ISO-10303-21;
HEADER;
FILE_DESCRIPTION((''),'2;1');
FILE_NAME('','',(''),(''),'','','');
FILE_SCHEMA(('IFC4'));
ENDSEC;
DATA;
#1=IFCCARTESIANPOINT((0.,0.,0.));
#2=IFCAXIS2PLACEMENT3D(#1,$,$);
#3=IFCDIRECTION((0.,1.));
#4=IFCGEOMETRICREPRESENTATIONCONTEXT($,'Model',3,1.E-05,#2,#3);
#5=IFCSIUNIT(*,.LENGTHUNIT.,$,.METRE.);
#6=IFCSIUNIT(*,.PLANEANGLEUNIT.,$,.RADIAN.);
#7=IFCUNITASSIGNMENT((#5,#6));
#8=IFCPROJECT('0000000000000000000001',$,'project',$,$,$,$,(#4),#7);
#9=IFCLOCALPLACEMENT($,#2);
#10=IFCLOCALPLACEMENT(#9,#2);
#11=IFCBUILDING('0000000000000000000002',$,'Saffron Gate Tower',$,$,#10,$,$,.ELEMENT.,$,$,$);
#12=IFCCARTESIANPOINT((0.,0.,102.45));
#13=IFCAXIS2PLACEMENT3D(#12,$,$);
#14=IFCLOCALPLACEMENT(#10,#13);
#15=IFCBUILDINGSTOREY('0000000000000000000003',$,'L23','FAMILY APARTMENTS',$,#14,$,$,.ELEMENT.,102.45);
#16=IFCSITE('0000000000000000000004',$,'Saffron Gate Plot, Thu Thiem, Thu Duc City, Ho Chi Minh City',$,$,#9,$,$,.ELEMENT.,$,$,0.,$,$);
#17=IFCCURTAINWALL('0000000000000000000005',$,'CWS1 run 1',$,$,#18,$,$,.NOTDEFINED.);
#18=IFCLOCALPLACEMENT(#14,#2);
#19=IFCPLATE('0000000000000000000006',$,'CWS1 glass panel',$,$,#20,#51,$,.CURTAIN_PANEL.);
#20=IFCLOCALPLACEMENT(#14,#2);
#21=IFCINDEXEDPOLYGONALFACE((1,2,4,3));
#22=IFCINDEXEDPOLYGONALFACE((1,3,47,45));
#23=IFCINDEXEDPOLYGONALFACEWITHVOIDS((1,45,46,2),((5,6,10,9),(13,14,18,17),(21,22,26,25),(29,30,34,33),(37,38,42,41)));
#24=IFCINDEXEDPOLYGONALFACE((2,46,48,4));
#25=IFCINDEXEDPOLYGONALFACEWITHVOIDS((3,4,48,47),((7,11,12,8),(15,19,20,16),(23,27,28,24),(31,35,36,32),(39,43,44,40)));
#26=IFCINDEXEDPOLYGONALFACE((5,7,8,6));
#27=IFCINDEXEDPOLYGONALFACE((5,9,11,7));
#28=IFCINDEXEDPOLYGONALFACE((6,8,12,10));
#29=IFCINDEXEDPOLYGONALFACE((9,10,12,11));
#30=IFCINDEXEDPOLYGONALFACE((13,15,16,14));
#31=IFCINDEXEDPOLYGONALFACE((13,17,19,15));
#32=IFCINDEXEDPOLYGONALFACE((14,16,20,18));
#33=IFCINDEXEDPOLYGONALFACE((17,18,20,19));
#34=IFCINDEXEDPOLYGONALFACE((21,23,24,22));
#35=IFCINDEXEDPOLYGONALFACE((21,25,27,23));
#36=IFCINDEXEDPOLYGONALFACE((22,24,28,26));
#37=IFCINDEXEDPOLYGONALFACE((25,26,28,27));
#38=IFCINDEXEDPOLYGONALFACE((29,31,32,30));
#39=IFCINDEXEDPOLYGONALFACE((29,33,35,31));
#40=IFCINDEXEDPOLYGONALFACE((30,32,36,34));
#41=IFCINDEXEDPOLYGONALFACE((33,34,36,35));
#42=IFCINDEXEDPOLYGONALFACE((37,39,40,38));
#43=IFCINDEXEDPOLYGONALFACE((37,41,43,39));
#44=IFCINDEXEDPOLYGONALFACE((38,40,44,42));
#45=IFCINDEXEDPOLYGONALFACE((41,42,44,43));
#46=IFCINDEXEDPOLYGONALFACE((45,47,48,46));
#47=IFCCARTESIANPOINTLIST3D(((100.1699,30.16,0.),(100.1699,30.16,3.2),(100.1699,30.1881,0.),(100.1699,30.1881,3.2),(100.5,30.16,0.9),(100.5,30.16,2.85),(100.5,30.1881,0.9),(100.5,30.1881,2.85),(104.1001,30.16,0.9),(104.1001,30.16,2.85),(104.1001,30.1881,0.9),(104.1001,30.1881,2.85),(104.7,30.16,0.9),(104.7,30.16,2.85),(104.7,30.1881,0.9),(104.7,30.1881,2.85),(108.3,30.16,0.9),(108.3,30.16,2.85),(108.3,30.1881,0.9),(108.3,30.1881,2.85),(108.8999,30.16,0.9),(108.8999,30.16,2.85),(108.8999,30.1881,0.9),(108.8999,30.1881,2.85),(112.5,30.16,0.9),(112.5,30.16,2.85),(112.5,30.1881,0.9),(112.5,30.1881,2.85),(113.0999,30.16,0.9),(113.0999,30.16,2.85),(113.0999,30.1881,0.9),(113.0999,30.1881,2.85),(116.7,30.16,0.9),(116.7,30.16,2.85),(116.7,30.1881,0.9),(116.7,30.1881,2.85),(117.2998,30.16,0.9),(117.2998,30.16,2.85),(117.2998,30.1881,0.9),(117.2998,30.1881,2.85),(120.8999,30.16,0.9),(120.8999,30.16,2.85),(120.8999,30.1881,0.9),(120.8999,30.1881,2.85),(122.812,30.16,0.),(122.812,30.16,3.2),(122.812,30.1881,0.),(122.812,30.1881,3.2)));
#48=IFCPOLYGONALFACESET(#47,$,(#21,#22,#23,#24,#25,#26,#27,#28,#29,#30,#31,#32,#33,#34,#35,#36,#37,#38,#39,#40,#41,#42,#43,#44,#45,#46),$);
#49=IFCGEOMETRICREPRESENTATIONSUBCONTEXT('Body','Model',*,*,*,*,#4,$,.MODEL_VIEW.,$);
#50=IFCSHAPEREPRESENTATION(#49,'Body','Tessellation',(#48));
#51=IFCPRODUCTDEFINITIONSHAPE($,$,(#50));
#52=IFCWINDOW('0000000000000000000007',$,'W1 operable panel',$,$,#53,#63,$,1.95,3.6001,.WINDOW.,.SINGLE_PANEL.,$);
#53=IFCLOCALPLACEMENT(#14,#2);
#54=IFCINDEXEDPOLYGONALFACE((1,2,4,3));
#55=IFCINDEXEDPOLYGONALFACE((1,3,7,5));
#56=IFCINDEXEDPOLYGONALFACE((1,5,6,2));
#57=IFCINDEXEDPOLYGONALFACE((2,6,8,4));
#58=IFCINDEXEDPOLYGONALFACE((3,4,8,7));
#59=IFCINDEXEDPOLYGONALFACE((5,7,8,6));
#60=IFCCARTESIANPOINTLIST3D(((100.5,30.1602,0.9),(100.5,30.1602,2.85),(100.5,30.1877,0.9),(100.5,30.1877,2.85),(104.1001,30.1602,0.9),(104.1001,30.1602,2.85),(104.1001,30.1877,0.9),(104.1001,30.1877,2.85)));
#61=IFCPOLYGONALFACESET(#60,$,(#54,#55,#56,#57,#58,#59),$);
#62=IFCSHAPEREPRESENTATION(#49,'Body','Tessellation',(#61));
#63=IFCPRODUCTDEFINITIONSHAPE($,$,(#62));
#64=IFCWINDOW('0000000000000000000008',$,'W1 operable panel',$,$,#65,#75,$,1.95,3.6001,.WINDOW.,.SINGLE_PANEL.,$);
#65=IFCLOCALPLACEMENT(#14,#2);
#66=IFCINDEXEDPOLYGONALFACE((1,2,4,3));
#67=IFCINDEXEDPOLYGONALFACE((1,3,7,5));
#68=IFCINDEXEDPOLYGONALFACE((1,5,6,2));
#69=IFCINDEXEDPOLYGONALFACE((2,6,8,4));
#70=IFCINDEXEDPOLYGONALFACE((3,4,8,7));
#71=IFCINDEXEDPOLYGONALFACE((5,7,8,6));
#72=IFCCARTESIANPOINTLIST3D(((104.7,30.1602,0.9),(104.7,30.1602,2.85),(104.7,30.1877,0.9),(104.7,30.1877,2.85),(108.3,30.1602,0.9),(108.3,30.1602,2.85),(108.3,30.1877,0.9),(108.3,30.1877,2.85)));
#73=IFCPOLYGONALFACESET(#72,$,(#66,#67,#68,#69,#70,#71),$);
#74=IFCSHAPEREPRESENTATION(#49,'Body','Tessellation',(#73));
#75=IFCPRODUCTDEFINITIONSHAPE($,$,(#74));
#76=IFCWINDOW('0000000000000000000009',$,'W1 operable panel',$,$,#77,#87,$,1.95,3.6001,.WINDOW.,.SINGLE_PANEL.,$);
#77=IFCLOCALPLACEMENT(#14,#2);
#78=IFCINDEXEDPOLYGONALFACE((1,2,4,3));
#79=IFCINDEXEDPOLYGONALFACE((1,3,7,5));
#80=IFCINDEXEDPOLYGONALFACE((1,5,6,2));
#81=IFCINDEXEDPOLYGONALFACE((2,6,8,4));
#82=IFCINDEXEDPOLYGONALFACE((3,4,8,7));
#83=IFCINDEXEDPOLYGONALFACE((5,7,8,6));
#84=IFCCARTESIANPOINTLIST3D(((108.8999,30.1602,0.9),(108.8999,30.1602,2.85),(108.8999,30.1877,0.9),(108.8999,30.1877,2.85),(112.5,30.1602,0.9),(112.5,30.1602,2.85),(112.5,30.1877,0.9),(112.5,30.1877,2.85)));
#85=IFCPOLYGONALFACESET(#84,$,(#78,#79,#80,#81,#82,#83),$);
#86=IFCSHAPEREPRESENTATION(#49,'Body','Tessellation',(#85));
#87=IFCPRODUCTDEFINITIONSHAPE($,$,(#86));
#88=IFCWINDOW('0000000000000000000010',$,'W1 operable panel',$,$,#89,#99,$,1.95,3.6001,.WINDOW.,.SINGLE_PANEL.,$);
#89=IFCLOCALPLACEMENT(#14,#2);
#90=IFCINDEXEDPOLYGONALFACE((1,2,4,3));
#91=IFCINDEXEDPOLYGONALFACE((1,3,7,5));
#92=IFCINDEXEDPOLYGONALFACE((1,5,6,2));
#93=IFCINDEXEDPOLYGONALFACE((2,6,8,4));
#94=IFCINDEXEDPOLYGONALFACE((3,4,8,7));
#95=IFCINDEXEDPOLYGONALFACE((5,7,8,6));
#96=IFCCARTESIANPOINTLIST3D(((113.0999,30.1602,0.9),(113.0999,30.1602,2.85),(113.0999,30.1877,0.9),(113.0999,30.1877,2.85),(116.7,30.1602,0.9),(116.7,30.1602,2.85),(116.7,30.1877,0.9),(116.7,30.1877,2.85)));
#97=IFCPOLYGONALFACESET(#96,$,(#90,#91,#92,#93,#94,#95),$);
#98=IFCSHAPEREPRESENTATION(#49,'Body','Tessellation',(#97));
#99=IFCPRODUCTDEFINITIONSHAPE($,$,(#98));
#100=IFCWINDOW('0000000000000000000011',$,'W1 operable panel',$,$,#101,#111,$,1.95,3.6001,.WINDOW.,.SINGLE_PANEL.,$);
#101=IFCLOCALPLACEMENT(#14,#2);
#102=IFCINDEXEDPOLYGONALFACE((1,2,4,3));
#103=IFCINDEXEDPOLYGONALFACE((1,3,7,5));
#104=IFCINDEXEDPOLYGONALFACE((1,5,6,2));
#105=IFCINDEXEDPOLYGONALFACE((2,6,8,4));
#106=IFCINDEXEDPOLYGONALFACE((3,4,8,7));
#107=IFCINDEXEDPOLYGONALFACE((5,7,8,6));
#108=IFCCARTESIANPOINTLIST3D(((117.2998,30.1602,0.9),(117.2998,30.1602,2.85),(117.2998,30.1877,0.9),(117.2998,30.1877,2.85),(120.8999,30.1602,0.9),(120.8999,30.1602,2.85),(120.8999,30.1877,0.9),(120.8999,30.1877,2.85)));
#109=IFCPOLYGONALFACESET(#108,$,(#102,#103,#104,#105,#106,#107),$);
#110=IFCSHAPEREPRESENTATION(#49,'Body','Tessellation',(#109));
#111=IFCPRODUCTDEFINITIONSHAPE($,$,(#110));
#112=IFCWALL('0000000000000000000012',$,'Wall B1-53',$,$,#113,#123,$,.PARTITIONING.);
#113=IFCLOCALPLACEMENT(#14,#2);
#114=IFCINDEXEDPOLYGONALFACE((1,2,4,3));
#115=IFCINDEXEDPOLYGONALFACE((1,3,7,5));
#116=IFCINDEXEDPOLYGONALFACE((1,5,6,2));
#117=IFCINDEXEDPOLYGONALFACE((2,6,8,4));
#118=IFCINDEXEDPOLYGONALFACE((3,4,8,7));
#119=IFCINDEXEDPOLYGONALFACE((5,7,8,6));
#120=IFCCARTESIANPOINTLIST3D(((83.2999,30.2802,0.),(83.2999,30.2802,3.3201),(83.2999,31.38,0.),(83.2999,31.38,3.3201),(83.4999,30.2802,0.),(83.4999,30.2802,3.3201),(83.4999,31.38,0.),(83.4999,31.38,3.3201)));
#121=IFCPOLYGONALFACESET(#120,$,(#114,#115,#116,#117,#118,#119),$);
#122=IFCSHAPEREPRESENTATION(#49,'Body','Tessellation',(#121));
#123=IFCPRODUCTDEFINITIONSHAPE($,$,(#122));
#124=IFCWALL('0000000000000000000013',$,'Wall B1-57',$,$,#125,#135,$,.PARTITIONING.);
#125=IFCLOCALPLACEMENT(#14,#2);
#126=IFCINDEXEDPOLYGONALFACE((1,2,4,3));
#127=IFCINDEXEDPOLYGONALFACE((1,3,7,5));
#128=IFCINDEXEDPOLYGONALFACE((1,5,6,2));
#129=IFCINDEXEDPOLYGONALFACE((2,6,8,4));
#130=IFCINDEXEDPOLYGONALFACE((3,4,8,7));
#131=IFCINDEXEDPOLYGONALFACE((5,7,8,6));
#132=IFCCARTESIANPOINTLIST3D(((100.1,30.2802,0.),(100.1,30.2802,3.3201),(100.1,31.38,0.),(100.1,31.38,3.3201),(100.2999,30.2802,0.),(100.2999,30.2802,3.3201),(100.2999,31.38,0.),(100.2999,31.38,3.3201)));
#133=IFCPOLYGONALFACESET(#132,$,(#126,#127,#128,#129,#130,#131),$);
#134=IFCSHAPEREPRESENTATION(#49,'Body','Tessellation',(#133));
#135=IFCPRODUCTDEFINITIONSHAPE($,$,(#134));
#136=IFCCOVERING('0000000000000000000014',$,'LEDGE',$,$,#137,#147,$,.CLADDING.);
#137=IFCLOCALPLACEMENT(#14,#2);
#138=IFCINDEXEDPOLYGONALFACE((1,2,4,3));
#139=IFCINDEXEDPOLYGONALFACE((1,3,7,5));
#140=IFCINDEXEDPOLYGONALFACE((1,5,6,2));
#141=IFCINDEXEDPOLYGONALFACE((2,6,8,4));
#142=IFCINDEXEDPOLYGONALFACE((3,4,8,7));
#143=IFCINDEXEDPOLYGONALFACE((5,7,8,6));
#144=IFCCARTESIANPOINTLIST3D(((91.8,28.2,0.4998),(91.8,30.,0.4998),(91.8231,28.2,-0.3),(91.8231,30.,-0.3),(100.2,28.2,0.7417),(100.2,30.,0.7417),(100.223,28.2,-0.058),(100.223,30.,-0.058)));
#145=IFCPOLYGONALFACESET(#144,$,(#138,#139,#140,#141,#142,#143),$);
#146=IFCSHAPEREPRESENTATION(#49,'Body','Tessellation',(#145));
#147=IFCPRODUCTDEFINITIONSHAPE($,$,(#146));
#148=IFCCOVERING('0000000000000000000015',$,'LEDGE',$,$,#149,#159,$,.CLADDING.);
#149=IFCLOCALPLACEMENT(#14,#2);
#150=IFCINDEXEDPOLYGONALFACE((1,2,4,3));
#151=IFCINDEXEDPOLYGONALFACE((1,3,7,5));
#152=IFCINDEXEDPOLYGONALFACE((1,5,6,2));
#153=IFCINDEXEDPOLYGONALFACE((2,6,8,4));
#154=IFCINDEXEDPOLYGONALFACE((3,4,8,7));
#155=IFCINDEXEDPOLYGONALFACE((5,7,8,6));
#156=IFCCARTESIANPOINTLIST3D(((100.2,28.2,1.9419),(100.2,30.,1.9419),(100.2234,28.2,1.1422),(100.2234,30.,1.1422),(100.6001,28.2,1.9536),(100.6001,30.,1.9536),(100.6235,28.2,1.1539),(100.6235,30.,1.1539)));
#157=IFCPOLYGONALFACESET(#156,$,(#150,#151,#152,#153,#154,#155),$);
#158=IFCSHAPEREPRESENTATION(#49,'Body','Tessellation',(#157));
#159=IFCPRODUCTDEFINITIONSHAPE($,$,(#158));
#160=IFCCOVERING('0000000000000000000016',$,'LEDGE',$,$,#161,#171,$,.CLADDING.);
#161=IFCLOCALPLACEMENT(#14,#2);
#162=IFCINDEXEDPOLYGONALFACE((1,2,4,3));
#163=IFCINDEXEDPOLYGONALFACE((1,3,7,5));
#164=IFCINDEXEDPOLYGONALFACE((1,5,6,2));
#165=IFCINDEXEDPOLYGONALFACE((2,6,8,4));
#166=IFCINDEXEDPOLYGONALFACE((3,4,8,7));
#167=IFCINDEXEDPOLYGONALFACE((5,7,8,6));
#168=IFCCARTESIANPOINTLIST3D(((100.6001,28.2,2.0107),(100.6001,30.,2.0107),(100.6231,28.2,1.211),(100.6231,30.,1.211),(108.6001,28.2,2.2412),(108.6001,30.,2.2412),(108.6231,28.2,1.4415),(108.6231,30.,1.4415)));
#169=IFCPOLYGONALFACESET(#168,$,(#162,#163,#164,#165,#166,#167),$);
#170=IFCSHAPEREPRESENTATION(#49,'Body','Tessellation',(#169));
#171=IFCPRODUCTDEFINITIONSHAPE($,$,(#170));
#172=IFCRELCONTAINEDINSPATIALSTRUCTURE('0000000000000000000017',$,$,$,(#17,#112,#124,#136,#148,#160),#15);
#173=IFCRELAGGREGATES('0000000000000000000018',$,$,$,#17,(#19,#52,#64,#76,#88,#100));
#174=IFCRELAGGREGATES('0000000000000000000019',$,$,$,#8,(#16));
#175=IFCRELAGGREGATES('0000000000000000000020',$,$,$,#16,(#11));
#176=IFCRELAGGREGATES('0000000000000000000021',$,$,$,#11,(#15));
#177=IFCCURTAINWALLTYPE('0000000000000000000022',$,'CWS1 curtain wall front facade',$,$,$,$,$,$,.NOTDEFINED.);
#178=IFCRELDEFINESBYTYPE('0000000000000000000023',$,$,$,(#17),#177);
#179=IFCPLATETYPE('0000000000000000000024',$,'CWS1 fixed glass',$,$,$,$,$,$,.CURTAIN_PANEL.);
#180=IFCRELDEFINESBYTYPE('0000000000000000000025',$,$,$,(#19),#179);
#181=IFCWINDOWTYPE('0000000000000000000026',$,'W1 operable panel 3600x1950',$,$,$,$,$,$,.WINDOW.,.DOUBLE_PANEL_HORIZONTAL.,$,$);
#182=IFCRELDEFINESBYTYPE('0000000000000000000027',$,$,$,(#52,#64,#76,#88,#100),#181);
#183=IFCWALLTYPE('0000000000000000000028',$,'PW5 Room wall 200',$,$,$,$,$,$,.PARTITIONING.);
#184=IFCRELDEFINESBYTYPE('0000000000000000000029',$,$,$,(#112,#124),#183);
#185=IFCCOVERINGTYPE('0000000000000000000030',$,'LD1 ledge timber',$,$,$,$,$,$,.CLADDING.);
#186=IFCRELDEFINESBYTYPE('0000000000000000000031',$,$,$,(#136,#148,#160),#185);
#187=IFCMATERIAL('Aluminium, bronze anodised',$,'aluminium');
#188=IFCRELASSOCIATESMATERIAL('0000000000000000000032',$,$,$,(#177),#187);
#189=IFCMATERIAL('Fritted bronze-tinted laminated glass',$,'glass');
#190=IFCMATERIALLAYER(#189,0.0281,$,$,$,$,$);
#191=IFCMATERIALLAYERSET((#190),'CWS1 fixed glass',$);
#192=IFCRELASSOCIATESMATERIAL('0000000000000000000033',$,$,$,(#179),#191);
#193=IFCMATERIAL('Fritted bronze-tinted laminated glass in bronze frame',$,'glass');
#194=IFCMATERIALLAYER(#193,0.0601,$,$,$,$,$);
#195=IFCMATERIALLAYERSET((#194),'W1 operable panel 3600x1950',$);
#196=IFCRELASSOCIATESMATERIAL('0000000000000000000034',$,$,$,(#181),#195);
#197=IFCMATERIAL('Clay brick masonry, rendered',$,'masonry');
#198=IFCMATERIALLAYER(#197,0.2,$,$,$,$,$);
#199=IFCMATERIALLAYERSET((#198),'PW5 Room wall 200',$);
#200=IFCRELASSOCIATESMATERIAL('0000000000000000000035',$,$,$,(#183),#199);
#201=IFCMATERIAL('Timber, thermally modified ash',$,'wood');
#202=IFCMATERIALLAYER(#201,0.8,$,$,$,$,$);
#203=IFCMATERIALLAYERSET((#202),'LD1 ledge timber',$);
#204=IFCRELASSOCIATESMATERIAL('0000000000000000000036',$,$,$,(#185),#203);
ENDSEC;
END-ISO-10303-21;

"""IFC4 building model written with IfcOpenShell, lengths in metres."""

from ifc_helpers import new_model, si_unit, direction, frame, frame_2d, origin, place, context, subcontext, project, spatial, polyline, rectangle, outline, extrude, material, layer, layer_set, type_object, element, fill, aggregate, save


model = new_model("IFC4")

# Units and contexts
model_context = context("Model", 3, precision=1e-05, world=origin(), true_north=direction((0.0, 1.0)))
body_context = subcontext(model_context, "Body", "Model", "MODEL_VIEW")
ifc_project = project(units=[si_unit("LENGTHUNIT", "METRE"), si_unit("PLANEANGLEUNIT", "RADIAN")], contexts=[model_context])

# Site, building, storey
site_placement = place(None, origin())
site = spatial("IfcSite", under=ifc_project, at=site_placement, Name="Saffron Gate Plot, Thu Thiem, Thu Duc City, Ho Chi Minh City", CompositionType="ELEMENT", RefElevation=0.0)
building_placement = place(site_placement, origin())
building = spatial("IfcBuilding", under=site, at=building_placement, Name="Saffron Gate Tower", CompositionType="ELEMENT")
storey_placement = place(building_placement, frame((0.0, 0.0, 102.45)))
storey = spatial("IfcBuildingStorey", under=building, at=storey_placement, Name="L23", Description="FAMILY APARTMENTS", CompositionType="ELEMENT", Elevation=102.45)

# Curtain wall, plate, openings, windows
ifc_material_1 = material(Name="Aluminium, bronze anodised", Category="aluminium")
curtain_wall_type = type_object("IfcCurtainWallType", Name="CWS1 curtain wall front facade", PredefinedType="NOTDEFINED", material=ifc_material_1)
curtain_wall_placement = place(storey_placement, origin())
curtain_wall = element("IfcCurtainWall", 1, at=curtain_wall_placement, inside=storey, type_object=curtain_wall_type, Name="CWS1 run 1", PredefinedType="NOTDEFINED")
ifc_material_2 = material(Name="Fritted bronze-tinted laminated glass", Category="glass")
ifc_layer_1 = layer(ifc_material_2, 0.0281)
ifc_layer_set_1 = layer_set([ifc_layer_1], Name="CWS1 fixed glass")
plate_type = type_object("IfcPlateType", Name="CWS1 fixed glass", PredefinedType="CURTAIN_PANEL", material=ifc_layer_set_1)
plate_placement = place(storey_placement, frame((100.1699, 30.1741, 0.0), z_axis=(0.0, 0.0, 1.0), x_axis=(1.0, 0.0, 0.0)))
plate = element("IfcPlate", 2, at=plate_placement, type_object=plate_type, Name="CWS1 glass panel", PredefinedType="CURTAIN_PANEL", context=body_context, shape_type="SweptSolid", body=[
    extrude(rectangle(XDim=22.6421, YDim=0.0281, at=frame_2d((11.321, 0.0))), origin(), (0.0, 0.0, 1.0), 3.2),
])
opening_1_placement = place(plate_placement, frame((0.3301, 0.0, 0.8999)))
opening_1 = element("IfcOpeningElement", 3, at=opening_1_placement, cuts=plate, PredefinedType="OPENING", context=body_context, shape_type="SweptSolid", body=[
    extrude(rectangle(XDim=3.6001, YDim=1.95, at=frame_2d((1.8, 0.9751))), frame((0.0, 0.0239, 0.0), z_axis=(0.0, -1.0, 0.0), x_axis=(1.0, 0.0, 0.0)), (0.0, 0.0, 1.0), 0.0481),
])
opening_2_placement = place(plate_placement, frame((4.53, 0.0, 0.8999)))
opening_2 = element("IfcOpeningElement", 4, at=opening_2_placement, cuts=plate, PredefinedType="OPENING", context=body_context, shape_type="SweptSolid", body=[
    extrude(rectangle(XDim=3.6001, YDim=1.95, at=frame_2d((1.8, 0.9751))), frame((0.0, 0.0239, 0.0), z_axis=(0.0, -1.0, 0.0), x_axis=(1.0, 0.0, 0.0)), (0.0, 0.0, 1.0), 0.0481),
])
opening_3_placement = place(plate_placement, frame((8.73, 0.0, 0.8999)))
opening_3 = element("IfcOpeningElement", 5, at=opening_3_placement, cuts=plate, PredefinedType="OPENING", context=body_context, shape_type="SweptSolid", body=[
    extrude(rectangle(XDim=3.6001, YDim=1.95, at=frame_2d((1.8, 0.9751))), frame((0.0, 0.0239, 0.0), z_axis=(0.0, -1.0, 0.0), x_axis=(1.0, 0.0, 0.0)), (0.0, 0.0, 1.0), 0.0481),
])
opening_4_placement = place(plate_placement, frame((12.9299, 0.0, 0.8999)))
opening_4 = element("IfcOpeningElement", 6, at=opening_4_placement, cuts=plate, PredefinedType="OPENING", context=body_context, shape_type="SweptSolid", body=[
    extrude(rectangle(XDim=3.6001, YDim=1.95, at=frame_2d((1.8, 0.9751))), frame((0.0, 0.0239, 0.0), z_axis=(0.0, -1.0, 0.0), x_axis=(1.0, 0.0, 0.0)), (0.0, 0.0, 1.0), 0.0481),
])
opening_5_placement = place(plate_placement, frame((17.1299, 0.0, 0.8999)))
opening_5 = element("IfcOpeningElement", 7, at=opening_5_placement, cuts=plate, PredefinedType="OPENING", context=body_context, shape_type="SweptSolid", body=[
    extrude(rectangle(XDim=3.6001, YDim=1.95, at=frame_2d((1.8, 0.9751))), frame((0.0, 0.0239, 0.0), z_axis=(0.0, -1.0, 0.0), x_axis=(1.0, 0.0, 0.0)), (0.0, 0.0, 1.0), 0.0481),
])
ifc_material_3 = material(Name="Fritted bronze-tinted laminated glass in bronze frame", Category="glass")
ifc_layer_2 = layer(ifc_material_3, 0.0601)
ifc_layer_set_2 = layer_set([ifc_layer_2], Name="W1 operable panel 3600x1950")
window_type = type_object("IfcWindowType", Name="W1 operable panel 3600x1950", PartitioningType="DOUBLE_PANEL_HORIZONTAL", PredefinedType="WINDOW", material=ifc_layer_set_2)
window_1_placement = place(opening_1_placement, origin())
window_1 = element("IfcWindow", 8, at=window_1_placement, type_object=window_type, Name="W1 operable panel", OverallHeight=1.95, OverallWidth=3.6001, PartitioningType="SINGLE_PANEL", PredefinedType="WINDOW", context=body_context, shape_type="SweptSolid", body=[
    extrude(rectangle(XDim=3.6001, YDim=1.95, at=frame_2d((1.8, 0.9751))), frame((0.0, 0.0137, 0.0), z_axis=(0.0, -1.0, 0.0), x_axis=(1.0, 0.0, 0.0)), (0.0, 0.0, 1.0), 0.0276),
])
fill(opening_1, window_1)
window_2_placement = place(opening_2_placement, origin())
window_2 = element("IfcWindow", 9, at=window_2_placement, type_object=window_type, Name="W1 operable panel", OverallHeight=1.95, OverallWidth=3.6001, PartitioningType="SINGLE_PANEL", PredefinedType="WINDOW", context=body_context, shape_type="SweptSolid", body=[
    extrude(rectangle(XDim=3.6001, YDim=1.95, at=frame_2d((1.8, 0.9751))), frame((0.0, 0.0137, 0.0), z_axis=(0.0, -1.0, 0.0), x_axis=(1.0, 0.0, 0.0)), (0.0, 0.0, 1.0), 0.0276),
])
fill(opening_2, window_2)
window_3_placement = place(opening_3_placement, origin())
window_3 = element("IfcWindow", 10, at=window_3_placement, type_object=window_type, Name="W1 operable panel", OverallHeight=1.95, OverallWidth=3.6001, PartitioningType="SINGLE_PANEL", PredefinedType="WINDOW", context=body_context, shape_type="SweptSolid", body=[
    extrude(rectangle(XDim=3.6001, YDim=1.95, at=frame_2d((1.8, 0.9751))), frame((0.0, 0.0137, 0.0), z_axis=(0.0, -1.0, 0.0), x_axis=(1.0, 0.0, 0.0)), (0.0, 0.0, 1.0), 0.0276),
])
fill(opening_3, window_3)
window_4_placement = place(opening_4_placement, origin())
window_4 = element("IfcWindow", 11, at=window_4_placement, type_object=window_type, Name="W1 operable panel", OverallHeight=1.95, OverallWidth=3.6001, PartitioningType="SINGLE_PANEL", PredefinedType="WINDOW", context=body_context, shape_type="SweptSolid", body=[
    extrude(rectangle(XDim=3.6001, YDim=1.95, at=frame_2d((1.8, 0.9751))), frame((0.0, 0.0137, 0.0), z_axis=(0.0, -1.0, 0.0), x_axis=(1.0, 0.0, 0.0)), (0.0, 0.0, 1.0), 0.0276),
])
fill(opening_4, window_4)
window_5_placement = place(opening_5_placement, origin())
window_5 = element("IfcWindow", 12, at=window_5_placement, type_object=window_type, Name="W1 operable panel", OverallHeight=1.95, OverallWidth=3.6001, PartitioningType="SINGLE_PANEL", PredefinedType="WINDOW", context=body_context, shape_type="SweptSolid", body=[
    extrude(rectangle(XDim=3.6001, YDim=1.95, at=frame_2d((1.8, 0.9751))), frame((0.0, 0.0137, 0.0), z_axis=(0.0, -1.0, 0.0), x_axis=(1.0, 0.0, 0.0)), (0.0, 0.0, 1.0), 0.0276),
])
fill(opening_5, window_5)
aggregate(curtain_wall, [plate, window_1, window_2, window_3, window_4, window_5])

# Walls
ifc_material_4 = material(Name="Clay brick masonry, rendered", Category="masonry")
ifc_layer_3 = layer(ifc_material_4, 0.2)
ifc_layer_set_3 = layer_set([ifc_layer_3], Name="PW5 Room wall 200")
wall_type = type_object("IfcWallType", Name="PW5 Room wall 200", PredefinedType="PARTITIONING", material=ifc_layer_set_3)
for number, where, z_axis, x_axis, name in (
    (13, (83.3999, 31.3799, 0.0), (0.0, 0.0, 1.0), (0.0, -1.0, 0.0), "Wall B1-53"),
    (14, (100.2, 31.3799, 0.0), (0.0, 0.0, 1.0), (0.0, -1.0, 0.0), "Wall B1-57"),
):
    element("IfcWall", number, at=place(storey_placement, frame(where, z_axis=z_axis, x_axis=x_axis)), inside=storey, type_object=wall_type, Name=name, PredefinedType="PARTITIONING", context=body_context, shape_type="SweptSolid", body=[
        extrude(rectangle(XDim=1.0999, YDim=0.2, at=frame_2d((0.5498, 0.0))), origin(), (0.0, 0.0, 1.0), 3.3201),
    ])

# Coverings
ifc_material_5 = material(Name="Timber, thermally modified ash", Category="wood")
ifc_layer_4 = layer(ifc_material_5, 0.8)
ifc_layer_set_4 = layer_set([ifc_layer_4], Name="LD1 ledge timber")
covering_type_1 = type_object("IfcCoveringType", Name="LD1 ledge timber", PredefinedType="CLADDING", material=ifc_layer_set_4)
covering_1_placement = place(storey_placement, frame((91.8, 30.0, 0.4998), z_axis=(-0.028791, 0.0, 0.999585), x_axis=(0.999585, 0.0, 0.028791)))
element("IfcCovering", 15, at=covering_1_placement, inside=storey, type_object=covering_type_1, Name="LEDGE", PredefinedType="CLADDING", context=body_context, shape_type="SweptSolid", body=[
    extrude(outline(polyline([(0.0, 0.0), (8.4034, 0.0), (8.4034, -1.8), (0.0, -1.8), (0.0, 0.0)])), origin(), (0.0, 0.0, -1.0), 0.8),
])
covering_2_placement = place(storey_placement, frame((100.2, 30.0, 1.9419), z_axis=(-0.029274, 0.0, 0.999571), x_axis=(0.999571, 0.0, 0.029274)))
element("IfcCovering", 16, at=covering_2_placement, inside=storey, type_object=covering_type_1, Name="LEDGE", PredefinedType="CLADDING", context=body_context, shape_type="SweptSolid", body=[
    extrude(outline(polyline([(0.0, 0.0), (0.4003, 0.0), (0.4003, -1.8), (0.0, -1.8), (0.0, 0.0)])), origin(), (0.0, 0.0, -1.0), 0.8),
])
covering_3_placement = place(storey_placement, frame((100.6001, 30.0, 2.0107), z_axis=(-0.028797, 0.0, 0.999585), x_axis=(0.999585, 0.0, 0.028797)))
element("IfcCovering", 17, at=covering_3_placement, inside=storey, type_object=covering_type_1, Name="LEDGE", PredefinedType="CLADDING", context=body_context, shape_type="SweptSolid", body=[
    extrude(outline(polyline([(0.0, 0.0), (8.0033, 0.0), (8.0033, -1.8), (0.0, -1.8), (0.0, 0.0)])), origin(), (0.0, 0.0, -1.0), 0.8),
])

save(model, "model.ifc")
